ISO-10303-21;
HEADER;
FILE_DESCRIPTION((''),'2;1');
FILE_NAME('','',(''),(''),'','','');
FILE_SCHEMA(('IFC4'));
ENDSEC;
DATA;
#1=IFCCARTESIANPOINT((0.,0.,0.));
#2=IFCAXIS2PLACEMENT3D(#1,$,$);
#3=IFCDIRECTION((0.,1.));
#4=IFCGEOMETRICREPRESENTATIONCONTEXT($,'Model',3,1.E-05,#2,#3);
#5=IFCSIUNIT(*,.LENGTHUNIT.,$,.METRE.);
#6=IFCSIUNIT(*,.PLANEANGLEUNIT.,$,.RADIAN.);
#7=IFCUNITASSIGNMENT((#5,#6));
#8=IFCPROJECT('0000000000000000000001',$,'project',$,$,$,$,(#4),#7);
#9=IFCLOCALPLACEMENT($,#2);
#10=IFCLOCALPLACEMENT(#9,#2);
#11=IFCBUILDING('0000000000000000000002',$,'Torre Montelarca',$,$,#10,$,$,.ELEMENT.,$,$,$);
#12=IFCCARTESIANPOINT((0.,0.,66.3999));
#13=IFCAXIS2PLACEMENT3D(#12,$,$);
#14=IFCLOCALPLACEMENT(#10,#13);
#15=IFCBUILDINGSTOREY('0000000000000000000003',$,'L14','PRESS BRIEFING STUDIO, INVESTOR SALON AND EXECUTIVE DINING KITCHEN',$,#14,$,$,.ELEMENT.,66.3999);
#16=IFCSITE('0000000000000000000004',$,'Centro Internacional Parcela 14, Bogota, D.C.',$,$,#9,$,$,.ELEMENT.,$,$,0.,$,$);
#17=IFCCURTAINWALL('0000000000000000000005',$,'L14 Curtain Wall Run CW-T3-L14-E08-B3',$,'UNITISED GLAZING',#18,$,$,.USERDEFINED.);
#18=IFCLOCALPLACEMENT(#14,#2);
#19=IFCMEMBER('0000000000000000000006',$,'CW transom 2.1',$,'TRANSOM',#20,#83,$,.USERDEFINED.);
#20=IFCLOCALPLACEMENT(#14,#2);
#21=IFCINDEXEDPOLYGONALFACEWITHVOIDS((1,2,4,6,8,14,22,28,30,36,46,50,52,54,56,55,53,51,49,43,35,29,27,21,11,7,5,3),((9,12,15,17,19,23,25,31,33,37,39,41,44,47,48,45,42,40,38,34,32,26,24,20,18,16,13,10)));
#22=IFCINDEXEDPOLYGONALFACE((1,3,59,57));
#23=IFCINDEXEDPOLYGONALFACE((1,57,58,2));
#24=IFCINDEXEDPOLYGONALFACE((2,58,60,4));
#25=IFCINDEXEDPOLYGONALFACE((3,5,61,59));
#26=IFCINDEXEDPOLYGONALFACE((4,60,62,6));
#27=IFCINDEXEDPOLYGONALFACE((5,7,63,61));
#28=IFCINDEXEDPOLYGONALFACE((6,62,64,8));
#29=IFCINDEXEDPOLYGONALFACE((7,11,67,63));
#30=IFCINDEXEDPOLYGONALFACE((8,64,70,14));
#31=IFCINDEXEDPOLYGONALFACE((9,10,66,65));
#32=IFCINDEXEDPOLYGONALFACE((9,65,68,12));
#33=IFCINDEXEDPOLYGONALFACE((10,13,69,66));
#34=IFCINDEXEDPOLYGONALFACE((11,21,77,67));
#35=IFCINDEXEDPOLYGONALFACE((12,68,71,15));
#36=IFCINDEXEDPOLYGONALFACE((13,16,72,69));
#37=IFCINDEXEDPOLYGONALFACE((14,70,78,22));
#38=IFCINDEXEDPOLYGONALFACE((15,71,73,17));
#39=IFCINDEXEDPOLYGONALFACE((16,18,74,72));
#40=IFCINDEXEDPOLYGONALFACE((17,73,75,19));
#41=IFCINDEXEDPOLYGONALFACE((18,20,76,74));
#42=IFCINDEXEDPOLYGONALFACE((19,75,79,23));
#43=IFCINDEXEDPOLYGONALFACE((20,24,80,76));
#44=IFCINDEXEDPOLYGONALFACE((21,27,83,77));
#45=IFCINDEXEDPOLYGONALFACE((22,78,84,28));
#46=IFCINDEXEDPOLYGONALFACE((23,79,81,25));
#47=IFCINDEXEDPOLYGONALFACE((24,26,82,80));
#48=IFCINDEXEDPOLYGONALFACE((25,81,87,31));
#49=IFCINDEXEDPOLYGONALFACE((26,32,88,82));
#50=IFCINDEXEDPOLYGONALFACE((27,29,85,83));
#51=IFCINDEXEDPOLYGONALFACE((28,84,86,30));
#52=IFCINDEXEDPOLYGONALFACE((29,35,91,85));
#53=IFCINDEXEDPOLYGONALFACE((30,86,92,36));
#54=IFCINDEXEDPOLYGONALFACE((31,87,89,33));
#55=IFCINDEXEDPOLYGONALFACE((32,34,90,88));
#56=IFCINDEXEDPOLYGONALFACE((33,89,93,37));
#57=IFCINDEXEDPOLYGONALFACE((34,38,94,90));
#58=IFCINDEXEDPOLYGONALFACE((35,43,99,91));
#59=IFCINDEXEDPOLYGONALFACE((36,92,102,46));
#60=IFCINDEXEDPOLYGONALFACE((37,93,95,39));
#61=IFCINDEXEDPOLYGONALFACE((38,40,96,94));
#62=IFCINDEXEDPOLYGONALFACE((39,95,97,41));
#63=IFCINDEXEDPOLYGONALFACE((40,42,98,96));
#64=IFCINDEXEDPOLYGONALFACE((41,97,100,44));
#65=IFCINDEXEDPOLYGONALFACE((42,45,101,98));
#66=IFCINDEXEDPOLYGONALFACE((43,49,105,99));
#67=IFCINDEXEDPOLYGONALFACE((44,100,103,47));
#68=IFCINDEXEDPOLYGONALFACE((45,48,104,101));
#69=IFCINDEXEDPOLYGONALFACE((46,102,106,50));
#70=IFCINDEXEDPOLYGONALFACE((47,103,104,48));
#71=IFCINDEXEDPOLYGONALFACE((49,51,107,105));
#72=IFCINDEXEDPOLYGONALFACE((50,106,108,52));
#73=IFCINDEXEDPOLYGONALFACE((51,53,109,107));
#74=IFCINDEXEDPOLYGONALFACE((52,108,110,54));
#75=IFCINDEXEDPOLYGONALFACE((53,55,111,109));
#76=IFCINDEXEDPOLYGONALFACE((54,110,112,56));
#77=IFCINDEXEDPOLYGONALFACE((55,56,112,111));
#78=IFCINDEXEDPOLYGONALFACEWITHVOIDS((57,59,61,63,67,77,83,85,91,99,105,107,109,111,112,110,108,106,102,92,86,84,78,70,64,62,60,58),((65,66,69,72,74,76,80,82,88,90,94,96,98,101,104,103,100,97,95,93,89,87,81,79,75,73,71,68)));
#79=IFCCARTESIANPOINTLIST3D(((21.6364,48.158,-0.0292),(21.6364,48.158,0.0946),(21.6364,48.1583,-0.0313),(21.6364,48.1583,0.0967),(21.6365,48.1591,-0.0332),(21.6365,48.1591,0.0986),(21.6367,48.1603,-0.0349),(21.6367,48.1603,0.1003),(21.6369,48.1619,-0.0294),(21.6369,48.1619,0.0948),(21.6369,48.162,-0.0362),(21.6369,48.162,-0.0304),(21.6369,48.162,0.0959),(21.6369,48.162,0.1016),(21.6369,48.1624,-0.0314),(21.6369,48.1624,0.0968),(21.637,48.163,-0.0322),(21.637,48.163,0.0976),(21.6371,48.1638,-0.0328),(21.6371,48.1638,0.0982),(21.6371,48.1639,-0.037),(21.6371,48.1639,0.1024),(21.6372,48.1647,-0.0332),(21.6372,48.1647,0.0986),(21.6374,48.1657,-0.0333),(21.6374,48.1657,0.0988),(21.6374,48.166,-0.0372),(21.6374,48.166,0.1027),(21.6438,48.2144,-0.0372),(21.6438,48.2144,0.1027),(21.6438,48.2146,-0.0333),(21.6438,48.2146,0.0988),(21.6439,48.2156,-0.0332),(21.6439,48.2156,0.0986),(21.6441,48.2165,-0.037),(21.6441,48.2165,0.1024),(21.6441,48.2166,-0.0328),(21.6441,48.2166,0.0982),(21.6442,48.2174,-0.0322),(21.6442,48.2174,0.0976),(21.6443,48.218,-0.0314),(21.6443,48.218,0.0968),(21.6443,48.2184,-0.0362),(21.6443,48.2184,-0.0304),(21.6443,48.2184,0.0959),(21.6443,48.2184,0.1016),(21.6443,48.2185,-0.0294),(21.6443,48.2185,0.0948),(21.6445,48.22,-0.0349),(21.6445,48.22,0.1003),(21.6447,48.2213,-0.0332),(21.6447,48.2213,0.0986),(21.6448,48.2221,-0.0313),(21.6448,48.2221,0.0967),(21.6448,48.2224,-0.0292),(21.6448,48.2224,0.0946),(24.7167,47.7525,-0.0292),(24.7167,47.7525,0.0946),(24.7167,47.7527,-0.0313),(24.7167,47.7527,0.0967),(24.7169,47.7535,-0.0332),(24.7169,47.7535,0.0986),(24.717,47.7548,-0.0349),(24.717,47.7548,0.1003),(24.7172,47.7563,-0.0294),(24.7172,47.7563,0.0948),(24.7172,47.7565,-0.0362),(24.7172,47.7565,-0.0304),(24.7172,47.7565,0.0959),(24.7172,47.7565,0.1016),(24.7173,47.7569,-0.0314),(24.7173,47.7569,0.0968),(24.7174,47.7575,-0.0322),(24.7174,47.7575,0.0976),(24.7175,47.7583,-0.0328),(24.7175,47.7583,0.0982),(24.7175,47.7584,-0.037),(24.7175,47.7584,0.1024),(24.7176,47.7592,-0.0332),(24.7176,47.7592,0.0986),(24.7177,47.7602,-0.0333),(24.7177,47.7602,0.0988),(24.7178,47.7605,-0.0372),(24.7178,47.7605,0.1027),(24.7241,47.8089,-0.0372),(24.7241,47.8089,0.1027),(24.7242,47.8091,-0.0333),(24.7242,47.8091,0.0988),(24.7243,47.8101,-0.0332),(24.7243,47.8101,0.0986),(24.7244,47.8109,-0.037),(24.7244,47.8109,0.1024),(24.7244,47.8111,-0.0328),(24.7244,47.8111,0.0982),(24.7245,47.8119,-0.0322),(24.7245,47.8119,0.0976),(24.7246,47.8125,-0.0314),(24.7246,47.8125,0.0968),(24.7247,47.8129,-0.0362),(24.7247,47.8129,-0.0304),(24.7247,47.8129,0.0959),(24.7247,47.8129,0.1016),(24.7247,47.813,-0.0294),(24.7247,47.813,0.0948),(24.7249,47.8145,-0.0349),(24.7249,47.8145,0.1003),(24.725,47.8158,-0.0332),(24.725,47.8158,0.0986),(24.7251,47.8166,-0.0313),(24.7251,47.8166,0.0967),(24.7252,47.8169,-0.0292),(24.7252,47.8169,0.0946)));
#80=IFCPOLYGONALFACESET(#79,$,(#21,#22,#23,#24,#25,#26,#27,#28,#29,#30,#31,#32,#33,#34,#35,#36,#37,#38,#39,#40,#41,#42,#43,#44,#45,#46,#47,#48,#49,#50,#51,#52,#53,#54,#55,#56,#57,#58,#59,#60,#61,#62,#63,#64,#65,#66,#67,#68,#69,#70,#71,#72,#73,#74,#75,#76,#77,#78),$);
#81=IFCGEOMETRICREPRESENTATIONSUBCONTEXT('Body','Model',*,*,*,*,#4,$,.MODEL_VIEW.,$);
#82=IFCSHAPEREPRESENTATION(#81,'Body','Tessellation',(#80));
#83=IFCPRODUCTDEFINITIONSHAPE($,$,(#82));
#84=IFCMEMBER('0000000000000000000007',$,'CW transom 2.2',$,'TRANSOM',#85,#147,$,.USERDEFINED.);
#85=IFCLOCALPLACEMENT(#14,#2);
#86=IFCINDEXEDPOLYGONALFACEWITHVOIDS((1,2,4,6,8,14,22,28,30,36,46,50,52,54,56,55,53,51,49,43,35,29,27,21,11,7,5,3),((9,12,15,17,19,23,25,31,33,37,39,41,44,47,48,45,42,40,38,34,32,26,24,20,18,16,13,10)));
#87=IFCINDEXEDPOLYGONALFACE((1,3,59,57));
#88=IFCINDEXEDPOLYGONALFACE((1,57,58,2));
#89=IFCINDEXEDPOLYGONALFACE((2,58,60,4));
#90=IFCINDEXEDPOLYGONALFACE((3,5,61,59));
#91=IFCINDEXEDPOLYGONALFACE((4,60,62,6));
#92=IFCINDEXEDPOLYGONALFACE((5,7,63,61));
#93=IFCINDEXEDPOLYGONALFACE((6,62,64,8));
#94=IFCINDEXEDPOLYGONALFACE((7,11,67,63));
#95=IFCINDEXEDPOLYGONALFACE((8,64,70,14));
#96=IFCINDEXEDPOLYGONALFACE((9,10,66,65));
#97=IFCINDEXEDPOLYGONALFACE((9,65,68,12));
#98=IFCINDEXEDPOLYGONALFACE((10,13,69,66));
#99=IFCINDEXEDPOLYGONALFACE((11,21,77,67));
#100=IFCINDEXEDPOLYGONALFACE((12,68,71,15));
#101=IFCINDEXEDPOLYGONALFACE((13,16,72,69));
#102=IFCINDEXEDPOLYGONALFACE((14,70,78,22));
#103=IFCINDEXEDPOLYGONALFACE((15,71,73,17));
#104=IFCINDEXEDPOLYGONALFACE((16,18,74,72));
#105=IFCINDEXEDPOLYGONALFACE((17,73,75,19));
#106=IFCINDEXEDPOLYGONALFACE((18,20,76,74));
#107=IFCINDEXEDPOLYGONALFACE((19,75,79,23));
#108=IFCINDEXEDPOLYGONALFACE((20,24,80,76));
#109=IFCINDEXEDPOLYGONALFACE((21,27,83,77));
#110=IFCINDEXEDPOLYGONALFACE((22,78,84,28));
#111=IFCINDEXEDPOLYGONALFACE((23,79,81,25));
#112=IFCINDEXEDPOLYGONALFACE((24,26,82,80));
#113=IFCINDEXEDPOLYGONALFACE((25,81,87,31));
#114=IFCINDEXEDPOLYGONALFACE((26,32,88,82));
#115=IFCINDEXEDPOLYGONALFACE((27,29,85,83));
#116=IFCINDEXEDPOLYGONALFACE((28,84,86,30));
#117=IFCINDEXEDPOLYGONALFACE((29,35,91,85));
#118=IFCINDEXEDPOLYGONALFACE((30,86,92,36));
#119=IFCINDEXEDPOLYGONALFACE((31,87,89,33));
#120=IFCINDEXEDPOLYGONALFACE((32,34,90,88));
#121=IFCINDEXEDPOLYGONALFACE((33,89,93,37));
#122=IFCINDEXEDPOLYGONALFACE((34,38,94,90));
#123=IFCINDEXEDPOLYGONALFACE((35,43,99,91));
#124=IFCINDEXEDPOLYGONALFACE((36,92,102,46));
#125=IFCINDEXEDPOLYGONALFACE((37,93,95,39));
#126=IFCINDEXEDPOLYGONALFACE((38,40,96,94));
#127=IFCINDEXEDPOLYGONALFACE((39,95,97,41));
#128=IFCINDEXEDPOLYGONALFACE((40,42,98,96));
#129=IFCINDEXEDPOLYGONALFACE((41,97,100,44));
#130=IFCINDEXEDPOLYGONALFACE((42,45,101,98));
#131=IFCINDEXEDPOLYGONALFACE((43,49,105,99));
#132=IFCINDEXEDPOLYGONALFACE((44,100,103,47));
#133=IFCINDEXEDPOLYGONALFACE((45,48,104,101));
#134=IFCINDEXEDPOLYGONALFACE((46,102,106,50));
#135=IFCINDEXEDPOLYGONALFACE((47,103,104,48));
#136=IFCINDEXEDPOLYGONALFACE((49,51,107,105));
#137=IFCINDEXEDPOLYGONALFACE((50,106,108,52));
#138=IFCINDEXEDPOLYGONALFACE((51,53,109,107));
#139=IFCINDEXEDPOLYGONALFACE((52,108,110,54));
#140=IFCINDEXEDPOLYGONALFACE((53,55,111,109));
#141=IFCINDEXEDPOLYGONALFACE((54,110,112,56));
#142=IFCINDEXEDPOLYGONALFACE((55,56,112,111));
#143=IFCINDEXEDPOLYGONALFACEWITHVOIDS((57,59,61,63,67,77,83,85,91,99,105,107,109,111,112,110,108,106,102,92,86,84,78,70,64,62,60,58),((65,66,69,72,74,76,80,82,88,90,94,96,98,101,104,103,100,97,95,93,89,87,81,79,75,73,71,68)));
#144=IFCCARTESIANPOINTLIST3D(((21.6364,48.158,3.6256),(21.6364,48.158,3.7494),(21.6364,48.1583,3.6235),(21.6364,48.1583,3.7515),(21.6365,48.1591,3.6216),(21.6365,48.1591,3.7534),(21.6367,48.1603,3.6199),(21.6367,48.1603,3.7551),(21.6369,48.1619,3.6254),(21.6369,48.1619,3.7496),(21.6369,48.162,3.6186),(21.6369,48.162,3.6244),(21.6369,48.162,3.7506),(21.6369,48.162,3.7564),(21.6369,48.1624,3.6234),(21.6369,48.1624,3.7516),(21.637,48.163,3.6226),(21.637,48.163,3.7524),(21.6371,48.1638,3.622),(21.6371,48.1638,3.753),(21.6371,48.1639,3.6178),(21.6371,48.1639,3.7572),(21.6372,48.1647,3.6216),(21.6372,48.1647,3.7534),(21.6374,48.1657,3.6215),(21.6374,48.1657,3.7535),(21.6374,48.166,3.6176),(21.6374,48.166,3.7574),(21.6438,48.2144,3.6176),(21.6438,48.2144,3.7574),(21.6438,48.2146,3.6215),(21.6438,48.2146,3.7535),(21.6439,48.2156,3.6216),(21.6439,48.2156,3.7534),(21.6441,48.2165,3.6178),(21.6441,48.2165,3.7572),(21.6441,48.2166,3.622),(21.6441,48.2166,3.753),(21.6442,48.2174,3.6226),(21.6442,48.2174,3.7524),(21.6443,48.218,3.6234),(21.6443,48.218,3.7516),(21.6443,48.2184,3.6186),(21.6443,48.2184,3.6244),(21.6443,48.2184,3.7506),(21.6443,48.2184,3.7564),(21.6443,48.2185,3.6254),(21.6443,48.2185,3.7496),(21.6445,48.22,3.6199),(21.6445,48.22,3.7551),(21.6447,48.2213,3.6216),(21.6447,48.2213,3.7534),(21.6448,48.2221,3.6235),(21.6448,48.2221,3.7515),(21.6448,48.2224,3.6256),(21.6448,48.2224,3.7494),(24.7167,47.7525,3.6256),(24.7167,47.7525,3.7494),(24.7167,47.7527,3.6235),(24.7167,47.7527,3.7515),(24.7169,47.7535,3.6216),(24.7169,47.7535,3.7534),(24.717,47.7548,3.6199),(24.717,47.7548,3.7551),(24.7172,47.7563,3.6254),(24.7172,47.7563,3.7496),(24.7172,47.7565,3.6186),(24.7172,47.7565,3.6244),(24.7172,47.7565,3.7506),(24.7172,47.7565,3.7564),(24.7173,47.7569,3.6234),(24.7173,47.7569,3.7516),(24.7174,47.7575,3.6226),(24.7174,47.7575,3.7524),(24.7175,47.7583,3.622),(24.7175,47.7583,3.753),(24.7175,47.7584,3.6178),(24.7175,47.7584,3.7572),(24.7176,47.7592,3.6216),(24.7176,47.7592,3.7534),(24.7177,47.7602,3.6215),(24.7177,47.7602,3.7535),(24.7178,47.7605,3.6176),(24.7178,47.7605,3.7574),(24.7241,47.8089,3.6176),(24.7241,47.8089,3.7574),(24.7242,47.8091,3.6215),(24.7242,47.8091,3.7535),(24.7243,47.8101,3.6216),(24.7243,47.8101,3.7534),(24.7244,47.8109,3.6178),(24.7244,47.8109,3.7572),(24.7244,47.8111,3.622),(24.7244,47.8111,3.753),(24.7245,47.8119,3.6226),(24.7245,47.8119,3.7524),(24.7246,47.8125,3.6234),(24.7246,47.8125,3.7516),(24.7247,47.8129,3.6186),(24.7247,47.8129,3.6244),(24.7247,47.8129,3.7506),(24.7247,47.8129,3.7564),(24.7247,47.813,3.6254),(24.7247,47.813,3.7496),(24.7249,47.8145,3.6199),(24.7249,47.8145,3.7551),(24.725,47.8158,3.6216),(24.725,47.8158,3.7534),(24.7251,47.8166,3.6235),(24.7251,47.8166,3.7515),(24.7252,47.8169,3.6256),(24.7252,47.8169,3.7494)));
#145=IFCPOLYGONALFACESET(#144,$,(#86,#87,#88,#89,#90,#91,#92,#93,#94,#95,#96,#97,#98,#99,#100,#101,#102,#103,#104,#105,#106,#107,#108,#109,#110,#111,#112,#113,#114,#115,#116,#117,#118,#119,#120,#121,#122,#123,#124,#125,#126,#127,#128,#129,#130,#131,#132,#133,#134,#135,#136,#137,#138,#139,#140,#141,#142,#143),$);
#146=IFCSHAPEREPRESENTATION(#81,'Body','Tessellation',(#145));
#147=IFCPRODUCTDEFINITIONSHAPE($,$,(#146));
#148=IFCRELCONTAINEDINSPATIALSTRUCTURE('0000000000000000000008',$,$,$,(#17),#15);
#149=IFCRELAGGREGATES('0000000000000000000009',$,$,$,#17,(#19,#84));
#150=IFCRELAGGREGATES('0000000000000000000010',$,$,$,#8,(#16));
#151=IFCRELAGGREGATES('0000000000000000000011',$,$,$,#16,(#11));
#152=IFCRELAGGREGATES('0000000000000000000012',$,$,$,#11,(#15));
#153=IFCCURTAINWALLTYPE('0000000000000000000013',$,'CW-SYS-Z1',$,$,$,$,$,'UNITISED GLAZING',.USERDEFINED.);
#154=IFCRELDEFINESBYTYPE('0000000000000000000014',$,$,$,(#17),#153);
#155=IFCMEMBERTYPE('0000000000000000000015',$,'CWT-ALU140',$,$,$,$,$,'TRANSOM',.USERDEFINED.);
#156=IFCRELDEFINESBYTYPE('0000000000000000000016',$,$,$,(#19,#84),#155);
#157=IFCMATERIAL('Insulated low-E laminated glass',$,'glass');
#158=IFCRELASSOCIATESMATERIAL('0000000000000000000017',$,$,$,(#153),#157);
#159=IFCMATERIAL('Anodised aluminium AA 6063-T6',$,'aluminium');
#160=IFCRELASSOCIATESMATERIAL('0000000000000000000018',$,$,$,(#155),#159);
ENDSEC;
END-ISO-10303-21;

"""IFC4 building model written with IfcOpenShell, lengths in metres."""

from ifc_helpers import new_model, si_unit, direction, frame, origin, origin_2d, place, context, subcontext, project, spatial, hollow_rectangle, extrude, source, transform, mapped, material, material_profile, profile_set, type_object, element, aggregate, save


model = new_model("IFC4")

# Units and contexts
model_context = context("Model", 3, precision=1e-05, world=origin(), true_north=direction((0.0, 1.0)))
body_context = subcontext(model_context, "Body", "Model", "MODEL_VIEW")
ifc_project = project(units=[si_unit("LENGTHUNIT", "METRE"), si_unit("PLANEANGLEUNIT", "RADIAN")], contexts=[model_context])

# Site, building, storey
site_placement = place(None, origin())
site = spatial("IfcSite", under=ifc_project, at=site_placement, Name="Centro Internacional Parcela 14, Bogota, D.C.", CompositionType="ELEMENT", RefElevation=0.0)
building_placement = place(site_placement, origin())
building = spatial("IfcBuilding", under=site, at=building_placement, Name="Torre Montelarca", CompositionType="ELEMENT")
storey_placement = place(building_placement, frame((0.0, 0.0, 66.3999)))
storey = spatial("IfcBuildingStorey", under=building, at=storey_placement, Name="L14", Description="PRESS BRIEFING STUDIO, INVESTOR SALON AND EXECUTIVE DINING KITCHEN", CompositionType="ELEMENT", Elevation=66.3999)

# Curtain wall, members
ifc_material_1 = material(Name="Insulated low-E laminated glass", Category="glass")
curtain_wall_type = type_object("IfcCurtainWallType", Name="CW-SYS-Z1", ElementType="UNITISED GLAZING", PredefinedType="USERDEFINED", material=ifc_material_1)
ifc_material_2 = material(Name="Anodised aluminium AA 6063-T6", Category="aluminium")
ifc_material_profile_1 = material_profile(ifc_material_2, hollow_rectangle(XDim=0.0649, YDim=0.1399, WallThickness=0.0039, InnerFilletRadius=0.0039, OuterFilletRadius=0.0081, at=origin_2d()), Name="ALU65X140X4", Category="aluminium")
ifc_profile_set_1 = profile_set([ifc_material_profile_1], Name="Anodised aluminium AA 6063-T6")
member_type_1 = type_object("IfcMemberType", Name="CWT-ALU140", ElementType="TRANSOM", PredefinedType="USERDEFINED", material=ifc_profile_set_1)
curtain_wall_1_placement = place(storey_placement, origin())
curtain_wall_1 = element("IfcCurtainWall", 1, at=curtain_wall_1_placement, inside=storey, type_object=curtain_wall_type, Name="L14 Curtain Wall Run CW-T3-L14-E08-B3", ObjectType="UNITISED GLAZING", PredefinedType="USERDEFINED")
shared_shape_1 = source(origin(), body_context, "Body", "SweptSolid", [
    extrude(hollow_rectangle(XDim=0.0649, YDim=0.1399, WallThickness=0.0039, InnerFilletRadius=0.0039, OuterFilletRadius=0.0081, at=origin_2d()), origin(), (0.0, 0.0, 1.0), 3.1069),
])
member_1_placement = place(storey_placement, frame((24.7209, 47.7847, 0.0327), z_axis=(-0.991445, 0.130522, 0.0), x_axis=(-0.130522, -0.991445, 0.0)))
member_1 = element("IfcMember", 2, at=member_1_placement, type_object=member_type_1, Name="CW transom 2.1", ObjectType="TRANSOM", PredefinedType="USERDEFINED", context=body_context, shape_type="MappedRepresentation", body=[
    mapped(shared_shape_1, transform((0.0, 0.0, 0.0), scale=1.0)),
])
member_2_placement = place(storey_placement, frame((24.7209, 47.7847, 3.6875), z_axis=(-0.991445, 0.130522, 0.0), x_axis=(-0.130522, -0.991445, 0.0)))
member_2 = element("IfcMember", 3, at=member_2_placement, type_object=member_type_1, Name="CW transom 2.2", ObjectType="TRANSOM", PredefinedType="USERDEFINED", context=body_context, shape_type="MappedRepresentation", body=[
    mapped(shared_shape_1, transform((0.0, 0.0, 0.0), scale=1.0)),
])

aggregate(curtain_wall_1, [member_1, member_2])

save(model, "model.ifc")
